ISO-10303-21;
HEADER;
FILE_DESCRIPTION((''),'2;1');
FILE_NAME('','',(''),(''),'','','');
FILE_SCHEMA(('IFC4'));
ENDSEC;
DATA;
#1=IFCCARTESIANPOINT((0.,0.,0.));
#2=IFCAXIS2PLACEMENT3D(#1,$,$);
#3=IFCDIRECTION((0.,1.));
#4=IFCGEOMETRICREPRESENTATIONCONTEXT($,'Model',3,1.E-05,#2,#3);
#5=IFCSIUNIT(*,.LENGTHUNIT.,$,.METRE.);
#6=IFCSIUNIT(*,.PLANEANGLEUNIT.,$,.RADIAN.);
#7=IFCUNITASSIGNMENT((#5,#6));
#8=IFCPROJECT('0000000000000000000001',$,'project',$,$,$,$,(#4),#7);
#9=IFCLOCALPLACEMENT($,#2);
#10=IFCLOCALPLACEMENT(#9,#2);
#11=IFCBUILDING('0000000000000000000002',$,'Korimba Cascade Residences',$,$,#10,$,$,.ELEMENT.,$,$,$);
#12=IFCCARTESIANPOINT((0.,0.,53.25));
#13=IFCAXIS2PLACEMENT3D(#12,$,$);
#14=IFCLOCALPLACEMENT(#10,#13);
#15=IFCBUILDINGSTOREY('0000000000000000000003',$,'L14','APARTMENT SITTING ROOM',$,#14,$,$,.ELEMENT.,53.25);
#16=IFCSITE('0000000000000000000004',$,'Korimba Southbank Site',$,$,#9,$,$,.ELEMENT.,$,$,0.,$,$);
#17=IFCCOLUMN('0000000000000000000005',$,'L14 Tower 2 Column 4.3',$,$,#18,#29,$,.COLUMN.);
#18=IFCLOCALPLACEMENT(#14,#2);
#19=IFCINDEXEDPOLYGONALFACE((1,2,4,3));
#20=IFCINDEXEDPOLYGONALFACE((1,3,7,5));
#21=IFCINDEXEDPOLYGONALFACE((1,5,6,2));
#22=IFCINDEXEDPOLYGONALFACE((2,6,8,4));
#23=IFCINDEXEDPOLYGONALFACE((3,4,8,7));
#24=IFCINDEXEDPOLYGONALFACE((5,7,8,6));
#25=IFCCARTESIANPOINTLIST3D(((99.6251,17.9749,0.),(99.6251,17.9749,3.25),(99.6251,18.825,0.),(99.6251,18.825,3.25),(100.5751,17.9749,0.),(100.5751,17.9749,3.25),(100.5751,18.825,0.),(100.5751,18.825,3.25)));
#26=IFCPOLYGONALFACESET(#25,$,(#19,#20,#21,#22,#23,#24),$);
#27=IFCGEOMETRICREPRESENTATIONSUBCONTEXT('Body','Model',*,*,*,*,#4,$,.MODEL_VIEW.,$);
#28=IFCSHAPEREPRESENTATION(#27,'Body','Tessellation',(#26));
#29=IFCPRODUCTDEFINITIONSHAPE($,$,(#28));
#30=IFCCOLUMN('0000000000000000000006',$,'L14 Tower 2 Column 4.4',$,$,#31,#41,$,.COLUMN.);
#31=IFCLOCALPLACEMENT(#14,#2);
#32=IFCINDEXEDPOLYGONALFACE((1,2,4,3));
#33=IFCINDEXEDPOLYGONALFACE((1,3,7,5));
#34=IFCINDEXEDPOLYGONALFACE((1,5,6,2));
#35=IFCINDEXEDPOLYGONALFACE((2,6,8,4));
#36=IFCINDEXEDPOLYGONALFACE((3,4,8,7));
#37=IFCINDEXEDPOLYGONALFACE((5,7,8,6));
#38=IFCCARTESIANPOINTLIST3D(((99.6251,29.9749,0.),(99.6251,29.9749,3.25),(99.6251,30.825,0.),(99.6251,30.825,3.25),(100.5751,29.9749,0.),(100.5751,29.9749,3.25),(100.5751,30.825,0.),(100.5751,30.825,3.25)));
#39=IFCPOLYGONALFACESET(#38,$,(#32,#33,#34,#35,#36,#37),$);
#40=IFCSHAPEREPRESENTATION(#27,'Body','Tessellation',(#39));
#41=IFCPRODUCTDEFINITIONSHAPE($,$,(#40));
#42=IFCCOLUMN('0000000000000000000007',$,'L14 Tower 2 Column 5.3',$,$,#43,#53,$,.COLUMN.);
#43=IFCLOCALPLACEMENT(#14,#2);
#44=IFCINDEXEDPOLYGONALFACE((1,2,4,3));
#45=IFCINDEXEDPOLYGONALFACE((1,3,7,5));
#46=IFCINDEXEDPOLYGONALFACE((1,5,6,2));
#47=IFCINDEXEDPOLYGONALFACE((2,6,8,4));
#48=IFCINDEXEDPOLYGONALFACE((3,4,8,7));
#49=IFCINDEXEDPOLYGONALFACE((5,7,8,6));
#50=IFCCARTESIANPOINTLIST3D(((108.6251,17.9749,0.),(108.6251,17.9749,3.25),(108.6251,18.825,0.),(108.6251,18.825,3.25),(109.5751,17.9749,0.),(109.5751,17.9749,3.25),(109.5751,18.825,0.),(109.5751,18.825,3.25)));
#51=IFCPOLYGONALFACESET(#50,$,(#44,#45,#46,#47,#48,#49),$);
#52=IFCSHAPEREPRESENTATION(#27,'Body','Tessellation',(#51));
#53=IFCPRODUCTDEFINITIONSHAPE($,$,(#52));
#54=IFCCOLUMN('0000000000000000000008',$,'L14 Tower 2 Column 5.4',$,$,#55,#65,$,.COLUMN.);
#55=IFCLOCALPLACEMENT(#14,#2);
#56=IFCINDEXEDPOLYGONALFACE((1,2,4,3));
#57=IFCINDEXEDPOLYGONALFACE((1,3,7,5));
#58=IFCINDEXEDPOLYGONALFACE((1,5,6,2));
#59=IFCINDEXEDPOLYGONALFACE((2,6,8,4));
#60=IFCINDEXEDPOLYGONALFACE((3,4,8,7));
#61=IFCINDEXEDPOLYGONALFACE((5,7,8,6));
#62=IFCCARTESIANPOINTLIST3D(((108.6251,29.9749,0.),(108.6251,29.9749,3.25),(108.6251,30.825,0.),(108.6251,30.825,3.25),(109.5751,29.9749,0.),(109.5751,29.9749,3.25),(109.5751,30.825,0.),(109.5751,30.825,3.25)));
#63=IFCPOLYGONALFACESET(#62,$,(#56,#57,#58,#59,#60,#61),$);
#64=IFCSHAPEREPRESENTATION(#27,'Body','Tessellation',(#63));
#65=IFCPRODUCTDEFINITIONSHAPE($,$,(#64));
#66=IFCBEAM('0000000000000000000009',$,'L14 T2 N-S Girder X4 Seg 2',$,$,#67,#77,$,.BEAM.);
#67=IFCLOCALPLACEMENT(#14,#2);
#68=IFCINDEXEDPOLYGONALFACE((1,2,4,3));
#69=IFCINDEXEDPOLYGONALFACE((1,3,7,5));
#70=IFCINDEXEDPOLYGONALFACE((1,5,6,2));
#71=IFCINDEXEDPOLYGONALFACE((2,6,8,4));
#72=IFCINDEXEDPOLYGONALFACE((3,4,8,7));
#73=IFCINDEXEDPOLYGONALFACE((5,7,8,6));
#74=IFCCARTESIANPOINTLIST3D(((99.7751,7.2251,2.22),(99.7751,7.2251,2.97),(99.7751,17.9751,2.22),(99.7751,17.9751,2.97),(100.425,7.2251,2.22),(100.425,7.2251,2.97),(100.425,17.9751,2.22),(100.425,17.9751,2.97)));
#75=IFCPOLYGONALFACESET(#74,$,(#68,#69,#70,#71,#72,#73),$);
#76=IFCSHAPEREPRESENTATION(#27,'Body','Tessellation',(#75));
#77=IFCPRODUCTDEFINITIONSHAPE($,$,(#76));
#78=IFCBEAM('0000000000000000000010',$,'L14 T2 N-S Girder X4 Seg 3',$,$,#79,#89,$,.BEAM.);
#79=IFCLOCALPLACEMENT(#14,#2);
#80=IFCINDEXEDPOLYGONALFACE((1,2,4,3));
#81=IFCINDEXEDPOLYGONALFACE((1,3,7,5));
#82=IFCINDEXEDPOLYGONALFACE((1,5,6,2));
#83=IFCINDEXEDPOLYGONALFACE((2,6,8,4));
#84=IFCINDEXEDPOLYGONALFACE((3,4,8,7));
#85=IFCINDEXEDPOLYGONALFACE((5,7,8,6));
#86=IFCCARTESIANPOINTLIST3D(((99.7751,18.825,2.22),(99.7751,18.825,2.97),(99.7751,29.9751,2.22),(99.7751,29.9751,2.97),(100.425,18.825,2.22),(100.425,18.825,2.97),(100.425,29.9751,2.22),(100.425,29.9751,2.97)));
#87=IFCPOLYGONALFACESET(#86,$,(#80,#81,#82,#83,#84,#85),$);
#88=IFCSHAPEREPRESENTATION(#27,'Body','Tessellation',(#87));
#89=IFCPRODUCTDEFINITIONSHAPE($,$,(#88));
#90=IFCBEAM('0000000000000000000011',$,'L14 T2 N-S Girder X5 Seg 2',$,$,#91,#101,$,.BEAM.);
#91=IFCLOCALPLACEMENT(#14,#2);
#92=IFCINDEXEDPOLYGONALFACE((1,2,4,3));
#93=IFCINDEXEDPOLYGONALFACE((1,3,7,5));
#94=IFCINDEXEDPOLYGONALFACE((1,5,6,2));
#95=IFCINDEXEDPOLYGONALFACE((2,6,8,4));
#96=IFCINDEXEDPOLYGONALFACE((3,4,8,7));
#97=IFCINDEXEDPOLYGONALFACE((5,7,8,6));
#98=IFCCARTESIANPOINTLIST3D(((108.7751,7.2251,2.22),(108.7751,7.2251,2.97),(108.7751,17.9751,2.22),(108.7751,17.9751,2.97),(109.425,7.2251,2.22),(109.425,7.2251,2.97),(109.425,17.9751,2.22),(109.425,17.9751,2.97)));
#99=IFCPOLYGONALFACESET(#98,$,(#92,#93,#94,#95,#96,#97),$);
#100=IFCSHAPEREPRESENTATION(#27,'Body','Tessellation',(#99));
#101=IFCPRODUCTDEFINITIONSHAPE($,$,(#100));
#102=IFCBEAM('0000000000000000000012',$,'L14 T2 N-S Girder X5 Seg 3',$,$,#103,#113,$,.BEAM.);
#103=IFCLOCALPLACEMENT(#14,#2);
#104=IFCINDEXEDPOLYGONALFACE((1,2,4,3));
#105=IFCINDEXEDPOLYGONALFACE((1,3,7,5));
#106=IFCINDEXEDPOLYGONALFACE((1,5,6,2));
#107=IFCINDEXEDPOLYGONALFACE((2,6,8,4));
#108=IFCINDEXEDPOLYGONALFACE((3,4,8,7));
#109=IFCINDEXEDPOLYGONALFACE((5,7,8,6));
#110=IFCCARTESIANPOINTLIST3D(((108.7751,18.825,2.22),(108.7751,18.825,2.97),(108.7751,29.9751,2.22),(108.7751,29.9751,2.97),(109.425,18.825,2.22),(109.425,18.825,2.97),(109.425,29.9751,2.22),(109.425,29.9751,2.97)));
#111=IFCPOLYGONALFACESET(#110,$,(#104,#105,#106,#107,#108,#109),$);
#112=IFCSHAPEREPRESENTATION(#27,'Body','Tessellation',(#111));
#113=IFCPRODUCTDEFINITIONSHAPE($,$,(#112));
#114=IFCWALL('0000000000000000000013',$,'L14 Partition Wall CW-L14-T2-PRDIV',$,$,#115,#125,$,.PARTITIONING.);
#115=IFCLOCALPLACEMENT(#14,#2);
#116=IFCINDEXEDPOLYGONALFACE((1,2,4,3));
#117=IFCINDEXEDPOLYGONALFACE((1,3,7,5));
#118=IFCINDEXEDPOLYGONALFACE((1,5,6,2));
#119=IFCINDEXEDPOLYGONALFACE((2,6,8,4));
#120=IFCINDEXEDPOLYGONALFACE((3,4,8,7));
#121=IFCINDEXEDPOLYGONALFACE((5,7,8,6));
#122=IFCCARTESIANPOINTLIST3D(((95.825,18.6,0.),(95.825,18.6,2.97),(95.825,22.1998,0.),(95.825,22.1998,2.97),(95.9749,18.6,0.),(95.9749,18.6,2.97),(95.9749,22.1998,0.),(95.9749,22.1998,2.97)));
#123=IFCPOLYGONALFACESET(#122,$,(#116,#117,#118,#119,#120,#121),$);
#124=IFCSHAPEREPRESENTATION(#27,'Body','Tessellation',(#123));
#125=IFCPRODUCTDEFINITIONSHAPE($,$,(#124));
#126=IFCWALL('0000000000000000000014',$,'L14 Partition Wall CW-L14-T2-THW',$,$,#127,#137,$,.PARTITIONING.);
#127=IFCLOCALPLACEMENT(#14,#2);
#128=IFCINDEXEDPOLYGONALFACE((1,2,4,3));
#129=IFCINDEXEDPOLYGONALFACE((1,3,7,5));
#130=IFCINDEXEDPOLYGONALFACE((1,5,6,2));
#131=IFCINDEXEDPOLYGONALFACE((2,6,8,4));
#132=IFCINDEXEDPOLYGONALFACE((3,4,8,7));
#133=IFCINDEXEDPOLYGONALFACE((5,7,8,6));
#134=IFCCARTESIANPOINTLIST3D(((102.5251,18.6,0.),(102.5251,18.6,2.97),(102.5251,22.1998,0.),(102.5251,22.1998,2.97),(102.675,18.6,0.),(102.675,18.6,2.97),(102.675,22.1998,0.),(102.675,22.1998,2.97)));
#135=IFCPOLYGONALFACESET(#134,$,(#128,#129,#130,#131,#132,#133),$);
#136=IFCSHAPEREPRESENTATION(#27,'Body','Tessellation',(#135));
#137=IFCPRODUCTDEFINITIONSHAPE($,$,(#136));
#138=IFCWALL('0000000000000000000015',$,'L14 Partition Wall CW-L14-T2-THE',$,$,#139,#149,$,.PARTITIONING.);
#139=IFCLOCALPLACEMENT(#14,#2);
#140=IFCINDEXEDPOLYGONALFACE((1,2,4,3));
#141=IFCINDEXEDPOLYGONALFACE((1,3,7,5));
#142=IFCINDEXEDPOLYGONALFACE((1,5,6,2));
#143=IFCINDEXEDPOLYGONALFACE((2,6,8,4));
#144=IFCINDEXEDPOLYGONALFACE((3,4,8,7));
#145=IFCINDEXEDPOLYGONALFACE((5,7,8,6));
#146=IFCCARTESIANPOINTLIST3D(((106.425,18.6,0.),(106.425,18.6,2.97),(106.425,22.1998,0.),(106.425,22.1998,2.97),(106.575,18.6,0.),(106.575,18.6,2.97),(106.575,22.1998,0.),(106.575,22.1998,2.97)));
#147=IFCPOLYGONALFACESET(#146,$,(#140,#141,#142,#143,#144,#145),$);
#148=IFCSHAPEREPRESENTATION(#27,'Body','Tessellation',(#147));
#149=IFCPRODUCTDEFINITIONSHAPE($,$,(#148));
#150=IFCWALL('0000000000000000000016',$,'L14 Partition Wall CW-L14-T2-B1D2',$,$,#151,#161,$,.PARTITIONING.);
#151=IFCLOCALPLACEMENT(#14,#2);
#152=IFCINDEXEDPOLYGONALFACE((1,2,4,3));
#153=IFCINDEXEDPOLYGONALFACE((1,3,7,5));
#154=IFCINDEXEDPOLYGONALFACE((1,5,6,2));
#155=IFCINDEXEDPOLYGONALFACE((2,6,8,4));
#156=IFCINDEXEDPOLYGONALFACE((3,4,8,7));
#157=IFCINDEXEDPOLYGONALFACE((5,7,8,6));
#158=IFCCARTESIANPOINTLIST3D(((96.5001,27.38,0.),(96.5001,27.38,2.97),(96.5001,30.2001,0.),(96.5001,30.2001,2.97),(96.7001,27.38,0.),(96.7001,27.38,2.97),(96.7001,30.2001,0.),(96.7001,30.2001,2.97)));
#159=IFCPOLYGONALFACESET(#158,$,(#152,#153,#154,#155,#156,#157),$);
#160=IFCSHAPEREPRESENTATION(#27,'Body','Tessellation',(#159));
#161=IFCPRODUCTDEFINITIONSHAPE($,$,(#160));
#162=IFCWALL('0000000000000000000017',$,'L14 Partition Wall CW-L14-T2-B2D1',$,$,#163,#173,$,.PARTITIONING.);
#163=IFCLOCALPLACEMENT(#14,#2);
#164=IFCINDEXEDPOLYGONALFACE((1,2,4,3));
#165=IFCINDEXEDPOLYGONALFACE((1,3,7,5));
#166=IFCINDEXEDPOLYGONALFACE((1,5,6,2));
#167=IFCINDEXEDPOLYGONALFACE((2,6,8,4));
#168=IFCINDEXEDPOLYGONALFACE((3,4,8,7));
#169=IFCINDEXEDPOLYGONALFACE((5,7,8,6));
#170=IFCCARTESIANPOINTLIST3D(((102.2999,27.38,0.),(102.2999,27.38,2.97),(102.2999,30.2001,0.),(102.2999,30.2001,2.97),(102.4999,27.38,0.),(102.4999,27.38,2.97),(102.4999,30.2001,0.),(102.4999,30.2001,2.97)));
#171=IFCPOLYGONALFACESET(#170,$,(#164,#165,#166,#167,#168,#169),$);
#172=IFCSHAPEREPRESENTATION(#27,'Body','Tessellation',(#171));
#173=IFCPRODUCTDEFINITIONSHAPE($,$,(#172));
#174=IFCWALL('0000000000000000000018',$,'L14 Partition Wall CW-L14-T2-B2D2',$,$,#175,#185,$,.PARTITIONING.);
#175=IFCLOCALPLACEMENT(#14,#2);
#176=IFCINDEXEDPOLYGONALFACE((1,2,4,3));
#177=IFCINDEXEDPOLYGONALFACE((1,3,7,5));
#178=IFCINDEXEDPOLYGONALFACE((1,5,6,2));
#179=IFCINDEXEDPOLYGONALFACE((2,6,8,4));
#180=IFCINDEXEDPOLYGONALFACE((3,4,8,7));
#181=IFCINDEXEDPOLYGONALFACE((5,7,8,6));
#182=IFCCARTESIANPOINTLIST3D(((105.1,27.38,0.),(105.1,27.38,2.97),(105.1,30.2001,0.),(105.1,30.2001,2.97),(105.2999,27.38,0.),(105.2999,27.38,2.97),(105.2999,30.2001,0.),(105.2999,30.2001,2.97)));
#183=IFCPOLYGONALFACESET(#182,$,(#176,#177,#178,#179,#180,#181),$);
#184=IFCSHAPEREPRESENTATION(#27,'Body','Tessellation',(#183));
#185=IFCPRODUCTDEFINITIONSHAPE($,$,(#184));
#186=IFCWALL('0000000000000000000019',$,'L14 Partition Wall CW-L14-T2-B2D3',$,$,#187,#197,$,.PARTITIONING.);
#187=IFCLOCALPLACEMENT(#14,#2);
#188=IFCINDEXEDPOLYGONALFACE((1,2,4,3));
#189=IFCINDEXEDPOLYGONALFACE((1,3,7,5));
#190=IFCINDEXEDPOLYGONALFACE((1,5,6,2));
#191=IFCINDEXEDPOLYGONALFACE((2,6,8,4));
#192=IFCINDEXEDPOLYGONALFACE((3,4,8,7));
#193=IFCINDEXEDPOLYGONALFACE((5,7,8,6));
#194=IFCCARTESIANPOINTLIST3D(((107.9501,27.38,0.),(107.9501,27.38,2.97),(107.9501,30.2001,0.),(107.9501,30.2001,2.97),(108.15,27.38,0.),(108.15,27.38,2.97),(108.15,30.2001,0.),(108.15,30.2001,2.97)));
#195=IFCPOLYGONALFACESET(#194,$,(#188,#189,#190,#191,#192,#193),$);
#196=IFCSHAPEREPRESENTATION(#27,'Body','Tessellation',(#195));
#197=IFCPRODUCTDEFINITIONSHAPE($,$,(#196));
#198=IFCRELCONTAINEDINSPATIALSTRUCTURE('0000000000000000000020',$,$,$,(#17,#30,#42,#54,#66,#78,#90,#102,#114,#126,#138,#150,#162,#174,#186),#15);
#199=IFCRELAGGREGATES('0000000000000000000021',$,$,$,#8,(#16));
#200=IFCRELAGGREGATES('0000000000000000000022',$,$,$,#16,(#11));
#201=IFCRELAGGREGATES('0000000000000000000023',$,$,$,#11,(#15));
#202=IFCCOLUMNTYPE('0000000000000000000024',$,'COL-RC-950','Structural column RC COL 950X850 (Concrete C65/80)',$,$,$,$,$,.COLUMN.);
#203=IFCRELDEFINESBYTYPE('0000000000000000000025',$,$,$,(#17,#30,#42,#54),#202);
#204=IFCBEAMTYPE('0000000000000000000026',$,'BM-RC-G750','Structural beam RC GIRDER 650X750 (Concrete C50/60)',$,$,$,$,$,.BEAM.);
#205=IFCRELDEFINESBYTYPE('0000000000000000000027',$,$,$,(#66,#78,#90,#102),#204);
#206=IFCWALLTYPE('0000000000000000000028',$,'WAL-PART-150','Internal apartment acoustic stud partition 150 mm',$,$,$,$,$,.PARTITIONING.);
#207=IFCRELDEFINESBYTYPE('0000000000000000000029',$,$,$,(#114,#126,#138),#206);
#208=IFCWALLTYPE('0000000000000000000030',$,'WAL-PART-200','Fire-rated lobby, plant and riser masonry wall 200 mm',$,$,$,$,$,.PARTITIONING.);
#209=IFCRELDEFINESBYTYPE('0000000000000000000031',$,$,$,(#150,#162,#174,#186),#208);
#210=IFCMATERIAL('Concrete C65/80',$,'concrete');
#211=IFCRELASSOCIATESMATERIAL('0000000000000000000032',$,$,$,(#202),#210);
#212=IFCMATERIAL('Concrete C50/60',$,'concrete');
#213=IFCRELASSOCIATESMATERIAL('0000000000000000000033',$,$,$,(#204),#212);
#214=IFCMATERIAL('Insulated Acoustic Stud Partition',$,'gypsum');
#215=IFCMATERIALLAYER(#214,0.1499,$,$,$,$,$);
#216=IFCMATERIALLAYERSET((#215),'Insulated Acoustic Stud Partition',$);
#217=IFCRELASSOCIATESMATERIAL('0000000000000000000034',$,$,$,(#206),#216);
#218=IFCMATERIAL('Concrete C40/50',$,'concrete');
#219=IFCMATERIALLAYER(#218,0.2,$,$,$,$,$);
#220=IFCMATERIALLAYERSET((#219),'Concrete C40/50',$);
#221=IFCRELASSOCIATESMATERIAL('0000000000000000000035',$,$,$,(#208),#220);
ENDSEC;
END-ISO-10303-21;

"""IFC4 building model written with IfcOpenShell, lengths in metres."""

from ifc_helpers import new_model, si_unit, direction, frame, frame_2d, origin, origin_2d, place, context, subcontext, project, spatial, rectangle, extrude, material, layer, layer_set, material_profile, profile_set, type_object, element, save


model = new_model("IFC4")

# Units and contexts
model_context = context("Model", 3, precision=1e-05, world=origin(), true_north=direction((0.0, 1.0)))
body_context = subcontext(model_context, "Body", "Model", "MODEL_VIEW")
ifc_project = project(units=[si_unit("LENGTHUNIT", "METRE"), si_unit("PLANEANGLEUNIT", "RADIAN")], contexts=[model_context])

# Site, building, storey
site_placement = place(None, origin())
site = spatial("IfcSite", under=ifc_project, at=site_placement, Name="Korimba Southbank Site", CompositionType="ELEMENT", RefElevation=0.0)
building_placement = place(site_placement, origin())
building = spatial("IfcBuilding", under=site, at=building_placement, Name="Korimba Cascade Residences", CompositionType="ELEMENT")
storey_placement = place(building_placement, frame((0.0, 0.0, 53.25)))
storey = spatial("IfcBuildingStorey", under=building, at=storey_placement, Name="L14", Description="APARTMENT SITTING ROOM", CompositionType="ELEMENT", Elevation=53.25)

# Columns
ifc_material_1 = material(Name="Concrete C65/80", Category="concrete")
ifc_material_profile_1 = material_profile(ifc_material_1, rectangle(XDim=0.95, YDim=0.8501, at=origin_2d()), Name="Concrete C65/80")
ifc_profile_set_1 = profile_set([ifc_material_profile_1], Name="Concrete C65/80")
column_type = type_object("IfcColumnType", Name="COL-RC-950", Description="Structural column RC COL 950X850 (Concrete C65/80)", PredefinedType="COLUMN", material=ifc_profile_set_1)
for number, where, z_axis, x_axis, name in (
    (1, (100.1001, 18.3999, 0.0), (0.0, 0.0, 1.0), (1.0, 0.0, 0.0), "L14 Tower 2 Column 4.3"),
    (2, (100.1001, 30.3999, 0.0), (0.0, 0.0, 1.0), (1.0, 0.0, 0.0), "L14 Tower 2 Column 4.4"),
    (3, (109.1001, 18.3999, 0.0), (0.0, 0.0, 1.0), (1.0, 0.0, 0.0), "L14 Tower 2 Column 5.3"),
    (4, (109.1001, 30.3999, 0.0), (0.0, 0.0, 1.0), (1.0, 0.0, 0.0), "L14 Tower 2 Column 5.4"),
):
    element("IfcColumn", number, at=place(storey_placement, frame(where, z_axis=z_axis, x_axis=x_axis)), inside=storey, type_object=column_type, Name=name, PredefinedType="COLUMN", context=body_context, shape_type="SweptSolid", body=[
        extrude(rectangle(XDim=0.95, YDim=0.8501, at=origin_2d()), origin(), (0.0, 0.0, 1.0), 3.25),
    ])

# Beams
ifc_material_2 = material(Name="Concrete C50/60", Category="concrete")
ifc_material_profile_2 = material_profile(ifc_material_2, rectangle(XDim=0.6499, YDim=0.75, at=origin_2d()), Name="Concrete C50/60")
ifc_profile_set_2 = profile_set([ifc_material_profile_2], Name="Concrete C50/60")
beam_type = type_object("IfcBeamType", Name="BM-RC-G750", Description="Structural beam RC GIRDER 650X750 (Concrete C50/60)", PredefinedType="BEAM", material=ifc_profile_set_2)
beam_1_placement = place(storey_placement, frame((100.1001, 7.2251, 2.595), z_axis=(0.0, 1.0, 0.0), x_axis=(-1.0, 0.0, 0.0)))
element("IfcBeam", 5, at=beam_1_placement, inside=storey, type_object=beam_type, Name="L14 T2 N-S Girder X4 Seg 2", PredefinedType="BEAM", context=body_context, shape_type="SweptSolid", body=[
    extrude(rectangle(XDim=0.6499, YDim=0.75, at=origin_2d()), origin(), (0.0, 0.0, 1.0), 10.75),
])
beam_2_placement = place(storey_placement, frame((100.1001, 18.825, 2.595), z_axis=(0.0, 1.0, 0.0), x_axis=(-1.0, 0.0, 0.0)))
element("IfcBeam", 6, at=beam_2_placement, inside=storey, type_object=beam_type, Name="L14 T2 N-S Girder X4 Seg 3", PredefinedType="BEAM", context=body_context, shape_type="SweptSolid", body=[
    extrude(rectangle(XDim=0.6499, YDim=0.75, at=origin_2d()), origin(), (0.0, 0.0, 1.0), 11.1501),
])
beam_3_placement = place(storey_placement, frame((109.1001, 7.2251, 2.595), z_axis=(0.0, 1.0, 0.0), x_axis=(-1.0, 0.0, 0.0)))
element("IfcBeam", 7, at=beam_3_placement, inside=storey, type_object=beam_type, Name="L14 T2 N-S Girder X5 Seg 2", PredefinedType="BEAM", context=body_context, shape_type="SweptSolid", body=[
    extrude(rectangle(XDim=0.6499, YDim=0.75, at=origin_2d()), origin(), (0.0, 0.0, 1.0), 10.75),
])
beam_4_placement = place(storey_placement, frame((109.1001, 18.825, 2.595), z_axis=(0.0, 1.0, 0.0), x_axis=(-1.0, 0.0, 0.0)))
element("IfcBeam", 8, at=beam_4_placement, inside=storey, type_object=beam_type, Name="L14 T2 N-S Girder X5 Seg 3", PredefinedType="BEAM", context=body_context, shape_type="SweptSolid", body=[
    extrude(rectangle(XDim=0.6499, YDim=0.75, at=origin_2d()), origin(), (0.0, 0.0, 1.0), 11.1501),
])

# Walls
ifc_material_3 = material(Name="Insulated Acoustic Stud Partition", Category="gypsum")
ifc_layer_1 = layer(ifc_material_3, 0.1499)
ifc_layer_set_1 = layer_set([ifc_layer_1], Name="Insulated Acoustic Stud Partition")
wall_type_1 = type_object("IfcWallType", Name="WAL-PART-150", Description="Internal apartment acoustic stud partition 150 mm", PredefinedType="PARTITIONING", material=ifc_layer_set_1)
for number, where, z_axis, x_axis, name in (
    (9, (95.8999, 18.6001, 0.0), (0.0, 0.0, 1.0), (0.0, 1.0, 0.0), "L14 Partition Wall CW-L14-T2-PRDIV"),
    (10, (102.6001, 18.6001, 0.0), (0.0, 0.0, 1.0), (0.0, 1.0, 0.0), "L14 Partition Wall CW-L14-T2-THW"),
    (11, (106.5, 18.6001, 0.0), (0.0, 0.0, 1.0), (0.0, 1.0, 0.0), "L14 Partition Wall CW-L14-T2-THE"),
):
    element("IfcWall", number, at=place(storey_placement, frame(where, z_axis=z_axis, x_axis=x_axis)), inside=storey, type_object=wall_type_1, Name=name, PredefinedType="PARTITIONING", context=body_context, shape_type="SweptSolid", body=[
        extrude(rectangle(XDim=3.5999, YDim=0.1499, at=frame_2d((1.7998, 0.0))), origin(), (0.0, 0.0, 1.0), 2.97),
    ])
ifc_material_4 = material(Name="Concrete C40/50", Category="concrete")
ifc_layer_2 = layer(ifc_material_4, 0.2)
ifc_layer_set_2 = layer_set([ifc_layer_2], Name="Concrete C40/50")
wall_type_2 = type_object("IfcWallType", Name="WAL-PART-200", Description="Fire-rated lobby, plant and riser masonry wall 200 mm", PredefinedType="PARTITIONING", material=ifc_layer_set_2)
for number, where, z_axis, x_axis, name in (
    (12, (96.6001, 27.3799, 0.0), (0.0, 0.0, 1.0), (0.0, 1.0, 0.0), "L14 Partition Wall CW-L14-T2-B1D2"),
    (13, (102.3999, 27.3799, 0.0), (0.0, 0.0, 1.0), (0.0, 1.0, 0.0), "L14 Partition Wall CW-L14-T2-B2D1"),
    (14, (105.2, 27.3799, 0.0), (0.0, 0.0, 1.0), (0.0, 1.0, 0.0), "L14 Partition Wall CW-L14-T2-B2D2"),
    (15, (108.05, 27.3799, 0.0), (0.0, 0.0, 1.0), (0.0, 1.0, 0.0), "L14 Partition Wall CW-L14-T2-B2D3"),
):
    element("IfcWall", number, at=place(storey_placement, frame(where, z_axis=z_axis, x_axis=x_axis)), inside=storey, type_object=wall_type_2, Name=name, PredefinedType="PARTITIONING", context=body_context, shape_type="SweptSolid", body=[
        extrude(rectangle(XDim=2.8201, YDim=0.2, at=frame_2d((1.4102, 0.0))), origin(), (0.0, 0.0, 1.0), 2.97),
    ])

save(model, "model.ifc")
